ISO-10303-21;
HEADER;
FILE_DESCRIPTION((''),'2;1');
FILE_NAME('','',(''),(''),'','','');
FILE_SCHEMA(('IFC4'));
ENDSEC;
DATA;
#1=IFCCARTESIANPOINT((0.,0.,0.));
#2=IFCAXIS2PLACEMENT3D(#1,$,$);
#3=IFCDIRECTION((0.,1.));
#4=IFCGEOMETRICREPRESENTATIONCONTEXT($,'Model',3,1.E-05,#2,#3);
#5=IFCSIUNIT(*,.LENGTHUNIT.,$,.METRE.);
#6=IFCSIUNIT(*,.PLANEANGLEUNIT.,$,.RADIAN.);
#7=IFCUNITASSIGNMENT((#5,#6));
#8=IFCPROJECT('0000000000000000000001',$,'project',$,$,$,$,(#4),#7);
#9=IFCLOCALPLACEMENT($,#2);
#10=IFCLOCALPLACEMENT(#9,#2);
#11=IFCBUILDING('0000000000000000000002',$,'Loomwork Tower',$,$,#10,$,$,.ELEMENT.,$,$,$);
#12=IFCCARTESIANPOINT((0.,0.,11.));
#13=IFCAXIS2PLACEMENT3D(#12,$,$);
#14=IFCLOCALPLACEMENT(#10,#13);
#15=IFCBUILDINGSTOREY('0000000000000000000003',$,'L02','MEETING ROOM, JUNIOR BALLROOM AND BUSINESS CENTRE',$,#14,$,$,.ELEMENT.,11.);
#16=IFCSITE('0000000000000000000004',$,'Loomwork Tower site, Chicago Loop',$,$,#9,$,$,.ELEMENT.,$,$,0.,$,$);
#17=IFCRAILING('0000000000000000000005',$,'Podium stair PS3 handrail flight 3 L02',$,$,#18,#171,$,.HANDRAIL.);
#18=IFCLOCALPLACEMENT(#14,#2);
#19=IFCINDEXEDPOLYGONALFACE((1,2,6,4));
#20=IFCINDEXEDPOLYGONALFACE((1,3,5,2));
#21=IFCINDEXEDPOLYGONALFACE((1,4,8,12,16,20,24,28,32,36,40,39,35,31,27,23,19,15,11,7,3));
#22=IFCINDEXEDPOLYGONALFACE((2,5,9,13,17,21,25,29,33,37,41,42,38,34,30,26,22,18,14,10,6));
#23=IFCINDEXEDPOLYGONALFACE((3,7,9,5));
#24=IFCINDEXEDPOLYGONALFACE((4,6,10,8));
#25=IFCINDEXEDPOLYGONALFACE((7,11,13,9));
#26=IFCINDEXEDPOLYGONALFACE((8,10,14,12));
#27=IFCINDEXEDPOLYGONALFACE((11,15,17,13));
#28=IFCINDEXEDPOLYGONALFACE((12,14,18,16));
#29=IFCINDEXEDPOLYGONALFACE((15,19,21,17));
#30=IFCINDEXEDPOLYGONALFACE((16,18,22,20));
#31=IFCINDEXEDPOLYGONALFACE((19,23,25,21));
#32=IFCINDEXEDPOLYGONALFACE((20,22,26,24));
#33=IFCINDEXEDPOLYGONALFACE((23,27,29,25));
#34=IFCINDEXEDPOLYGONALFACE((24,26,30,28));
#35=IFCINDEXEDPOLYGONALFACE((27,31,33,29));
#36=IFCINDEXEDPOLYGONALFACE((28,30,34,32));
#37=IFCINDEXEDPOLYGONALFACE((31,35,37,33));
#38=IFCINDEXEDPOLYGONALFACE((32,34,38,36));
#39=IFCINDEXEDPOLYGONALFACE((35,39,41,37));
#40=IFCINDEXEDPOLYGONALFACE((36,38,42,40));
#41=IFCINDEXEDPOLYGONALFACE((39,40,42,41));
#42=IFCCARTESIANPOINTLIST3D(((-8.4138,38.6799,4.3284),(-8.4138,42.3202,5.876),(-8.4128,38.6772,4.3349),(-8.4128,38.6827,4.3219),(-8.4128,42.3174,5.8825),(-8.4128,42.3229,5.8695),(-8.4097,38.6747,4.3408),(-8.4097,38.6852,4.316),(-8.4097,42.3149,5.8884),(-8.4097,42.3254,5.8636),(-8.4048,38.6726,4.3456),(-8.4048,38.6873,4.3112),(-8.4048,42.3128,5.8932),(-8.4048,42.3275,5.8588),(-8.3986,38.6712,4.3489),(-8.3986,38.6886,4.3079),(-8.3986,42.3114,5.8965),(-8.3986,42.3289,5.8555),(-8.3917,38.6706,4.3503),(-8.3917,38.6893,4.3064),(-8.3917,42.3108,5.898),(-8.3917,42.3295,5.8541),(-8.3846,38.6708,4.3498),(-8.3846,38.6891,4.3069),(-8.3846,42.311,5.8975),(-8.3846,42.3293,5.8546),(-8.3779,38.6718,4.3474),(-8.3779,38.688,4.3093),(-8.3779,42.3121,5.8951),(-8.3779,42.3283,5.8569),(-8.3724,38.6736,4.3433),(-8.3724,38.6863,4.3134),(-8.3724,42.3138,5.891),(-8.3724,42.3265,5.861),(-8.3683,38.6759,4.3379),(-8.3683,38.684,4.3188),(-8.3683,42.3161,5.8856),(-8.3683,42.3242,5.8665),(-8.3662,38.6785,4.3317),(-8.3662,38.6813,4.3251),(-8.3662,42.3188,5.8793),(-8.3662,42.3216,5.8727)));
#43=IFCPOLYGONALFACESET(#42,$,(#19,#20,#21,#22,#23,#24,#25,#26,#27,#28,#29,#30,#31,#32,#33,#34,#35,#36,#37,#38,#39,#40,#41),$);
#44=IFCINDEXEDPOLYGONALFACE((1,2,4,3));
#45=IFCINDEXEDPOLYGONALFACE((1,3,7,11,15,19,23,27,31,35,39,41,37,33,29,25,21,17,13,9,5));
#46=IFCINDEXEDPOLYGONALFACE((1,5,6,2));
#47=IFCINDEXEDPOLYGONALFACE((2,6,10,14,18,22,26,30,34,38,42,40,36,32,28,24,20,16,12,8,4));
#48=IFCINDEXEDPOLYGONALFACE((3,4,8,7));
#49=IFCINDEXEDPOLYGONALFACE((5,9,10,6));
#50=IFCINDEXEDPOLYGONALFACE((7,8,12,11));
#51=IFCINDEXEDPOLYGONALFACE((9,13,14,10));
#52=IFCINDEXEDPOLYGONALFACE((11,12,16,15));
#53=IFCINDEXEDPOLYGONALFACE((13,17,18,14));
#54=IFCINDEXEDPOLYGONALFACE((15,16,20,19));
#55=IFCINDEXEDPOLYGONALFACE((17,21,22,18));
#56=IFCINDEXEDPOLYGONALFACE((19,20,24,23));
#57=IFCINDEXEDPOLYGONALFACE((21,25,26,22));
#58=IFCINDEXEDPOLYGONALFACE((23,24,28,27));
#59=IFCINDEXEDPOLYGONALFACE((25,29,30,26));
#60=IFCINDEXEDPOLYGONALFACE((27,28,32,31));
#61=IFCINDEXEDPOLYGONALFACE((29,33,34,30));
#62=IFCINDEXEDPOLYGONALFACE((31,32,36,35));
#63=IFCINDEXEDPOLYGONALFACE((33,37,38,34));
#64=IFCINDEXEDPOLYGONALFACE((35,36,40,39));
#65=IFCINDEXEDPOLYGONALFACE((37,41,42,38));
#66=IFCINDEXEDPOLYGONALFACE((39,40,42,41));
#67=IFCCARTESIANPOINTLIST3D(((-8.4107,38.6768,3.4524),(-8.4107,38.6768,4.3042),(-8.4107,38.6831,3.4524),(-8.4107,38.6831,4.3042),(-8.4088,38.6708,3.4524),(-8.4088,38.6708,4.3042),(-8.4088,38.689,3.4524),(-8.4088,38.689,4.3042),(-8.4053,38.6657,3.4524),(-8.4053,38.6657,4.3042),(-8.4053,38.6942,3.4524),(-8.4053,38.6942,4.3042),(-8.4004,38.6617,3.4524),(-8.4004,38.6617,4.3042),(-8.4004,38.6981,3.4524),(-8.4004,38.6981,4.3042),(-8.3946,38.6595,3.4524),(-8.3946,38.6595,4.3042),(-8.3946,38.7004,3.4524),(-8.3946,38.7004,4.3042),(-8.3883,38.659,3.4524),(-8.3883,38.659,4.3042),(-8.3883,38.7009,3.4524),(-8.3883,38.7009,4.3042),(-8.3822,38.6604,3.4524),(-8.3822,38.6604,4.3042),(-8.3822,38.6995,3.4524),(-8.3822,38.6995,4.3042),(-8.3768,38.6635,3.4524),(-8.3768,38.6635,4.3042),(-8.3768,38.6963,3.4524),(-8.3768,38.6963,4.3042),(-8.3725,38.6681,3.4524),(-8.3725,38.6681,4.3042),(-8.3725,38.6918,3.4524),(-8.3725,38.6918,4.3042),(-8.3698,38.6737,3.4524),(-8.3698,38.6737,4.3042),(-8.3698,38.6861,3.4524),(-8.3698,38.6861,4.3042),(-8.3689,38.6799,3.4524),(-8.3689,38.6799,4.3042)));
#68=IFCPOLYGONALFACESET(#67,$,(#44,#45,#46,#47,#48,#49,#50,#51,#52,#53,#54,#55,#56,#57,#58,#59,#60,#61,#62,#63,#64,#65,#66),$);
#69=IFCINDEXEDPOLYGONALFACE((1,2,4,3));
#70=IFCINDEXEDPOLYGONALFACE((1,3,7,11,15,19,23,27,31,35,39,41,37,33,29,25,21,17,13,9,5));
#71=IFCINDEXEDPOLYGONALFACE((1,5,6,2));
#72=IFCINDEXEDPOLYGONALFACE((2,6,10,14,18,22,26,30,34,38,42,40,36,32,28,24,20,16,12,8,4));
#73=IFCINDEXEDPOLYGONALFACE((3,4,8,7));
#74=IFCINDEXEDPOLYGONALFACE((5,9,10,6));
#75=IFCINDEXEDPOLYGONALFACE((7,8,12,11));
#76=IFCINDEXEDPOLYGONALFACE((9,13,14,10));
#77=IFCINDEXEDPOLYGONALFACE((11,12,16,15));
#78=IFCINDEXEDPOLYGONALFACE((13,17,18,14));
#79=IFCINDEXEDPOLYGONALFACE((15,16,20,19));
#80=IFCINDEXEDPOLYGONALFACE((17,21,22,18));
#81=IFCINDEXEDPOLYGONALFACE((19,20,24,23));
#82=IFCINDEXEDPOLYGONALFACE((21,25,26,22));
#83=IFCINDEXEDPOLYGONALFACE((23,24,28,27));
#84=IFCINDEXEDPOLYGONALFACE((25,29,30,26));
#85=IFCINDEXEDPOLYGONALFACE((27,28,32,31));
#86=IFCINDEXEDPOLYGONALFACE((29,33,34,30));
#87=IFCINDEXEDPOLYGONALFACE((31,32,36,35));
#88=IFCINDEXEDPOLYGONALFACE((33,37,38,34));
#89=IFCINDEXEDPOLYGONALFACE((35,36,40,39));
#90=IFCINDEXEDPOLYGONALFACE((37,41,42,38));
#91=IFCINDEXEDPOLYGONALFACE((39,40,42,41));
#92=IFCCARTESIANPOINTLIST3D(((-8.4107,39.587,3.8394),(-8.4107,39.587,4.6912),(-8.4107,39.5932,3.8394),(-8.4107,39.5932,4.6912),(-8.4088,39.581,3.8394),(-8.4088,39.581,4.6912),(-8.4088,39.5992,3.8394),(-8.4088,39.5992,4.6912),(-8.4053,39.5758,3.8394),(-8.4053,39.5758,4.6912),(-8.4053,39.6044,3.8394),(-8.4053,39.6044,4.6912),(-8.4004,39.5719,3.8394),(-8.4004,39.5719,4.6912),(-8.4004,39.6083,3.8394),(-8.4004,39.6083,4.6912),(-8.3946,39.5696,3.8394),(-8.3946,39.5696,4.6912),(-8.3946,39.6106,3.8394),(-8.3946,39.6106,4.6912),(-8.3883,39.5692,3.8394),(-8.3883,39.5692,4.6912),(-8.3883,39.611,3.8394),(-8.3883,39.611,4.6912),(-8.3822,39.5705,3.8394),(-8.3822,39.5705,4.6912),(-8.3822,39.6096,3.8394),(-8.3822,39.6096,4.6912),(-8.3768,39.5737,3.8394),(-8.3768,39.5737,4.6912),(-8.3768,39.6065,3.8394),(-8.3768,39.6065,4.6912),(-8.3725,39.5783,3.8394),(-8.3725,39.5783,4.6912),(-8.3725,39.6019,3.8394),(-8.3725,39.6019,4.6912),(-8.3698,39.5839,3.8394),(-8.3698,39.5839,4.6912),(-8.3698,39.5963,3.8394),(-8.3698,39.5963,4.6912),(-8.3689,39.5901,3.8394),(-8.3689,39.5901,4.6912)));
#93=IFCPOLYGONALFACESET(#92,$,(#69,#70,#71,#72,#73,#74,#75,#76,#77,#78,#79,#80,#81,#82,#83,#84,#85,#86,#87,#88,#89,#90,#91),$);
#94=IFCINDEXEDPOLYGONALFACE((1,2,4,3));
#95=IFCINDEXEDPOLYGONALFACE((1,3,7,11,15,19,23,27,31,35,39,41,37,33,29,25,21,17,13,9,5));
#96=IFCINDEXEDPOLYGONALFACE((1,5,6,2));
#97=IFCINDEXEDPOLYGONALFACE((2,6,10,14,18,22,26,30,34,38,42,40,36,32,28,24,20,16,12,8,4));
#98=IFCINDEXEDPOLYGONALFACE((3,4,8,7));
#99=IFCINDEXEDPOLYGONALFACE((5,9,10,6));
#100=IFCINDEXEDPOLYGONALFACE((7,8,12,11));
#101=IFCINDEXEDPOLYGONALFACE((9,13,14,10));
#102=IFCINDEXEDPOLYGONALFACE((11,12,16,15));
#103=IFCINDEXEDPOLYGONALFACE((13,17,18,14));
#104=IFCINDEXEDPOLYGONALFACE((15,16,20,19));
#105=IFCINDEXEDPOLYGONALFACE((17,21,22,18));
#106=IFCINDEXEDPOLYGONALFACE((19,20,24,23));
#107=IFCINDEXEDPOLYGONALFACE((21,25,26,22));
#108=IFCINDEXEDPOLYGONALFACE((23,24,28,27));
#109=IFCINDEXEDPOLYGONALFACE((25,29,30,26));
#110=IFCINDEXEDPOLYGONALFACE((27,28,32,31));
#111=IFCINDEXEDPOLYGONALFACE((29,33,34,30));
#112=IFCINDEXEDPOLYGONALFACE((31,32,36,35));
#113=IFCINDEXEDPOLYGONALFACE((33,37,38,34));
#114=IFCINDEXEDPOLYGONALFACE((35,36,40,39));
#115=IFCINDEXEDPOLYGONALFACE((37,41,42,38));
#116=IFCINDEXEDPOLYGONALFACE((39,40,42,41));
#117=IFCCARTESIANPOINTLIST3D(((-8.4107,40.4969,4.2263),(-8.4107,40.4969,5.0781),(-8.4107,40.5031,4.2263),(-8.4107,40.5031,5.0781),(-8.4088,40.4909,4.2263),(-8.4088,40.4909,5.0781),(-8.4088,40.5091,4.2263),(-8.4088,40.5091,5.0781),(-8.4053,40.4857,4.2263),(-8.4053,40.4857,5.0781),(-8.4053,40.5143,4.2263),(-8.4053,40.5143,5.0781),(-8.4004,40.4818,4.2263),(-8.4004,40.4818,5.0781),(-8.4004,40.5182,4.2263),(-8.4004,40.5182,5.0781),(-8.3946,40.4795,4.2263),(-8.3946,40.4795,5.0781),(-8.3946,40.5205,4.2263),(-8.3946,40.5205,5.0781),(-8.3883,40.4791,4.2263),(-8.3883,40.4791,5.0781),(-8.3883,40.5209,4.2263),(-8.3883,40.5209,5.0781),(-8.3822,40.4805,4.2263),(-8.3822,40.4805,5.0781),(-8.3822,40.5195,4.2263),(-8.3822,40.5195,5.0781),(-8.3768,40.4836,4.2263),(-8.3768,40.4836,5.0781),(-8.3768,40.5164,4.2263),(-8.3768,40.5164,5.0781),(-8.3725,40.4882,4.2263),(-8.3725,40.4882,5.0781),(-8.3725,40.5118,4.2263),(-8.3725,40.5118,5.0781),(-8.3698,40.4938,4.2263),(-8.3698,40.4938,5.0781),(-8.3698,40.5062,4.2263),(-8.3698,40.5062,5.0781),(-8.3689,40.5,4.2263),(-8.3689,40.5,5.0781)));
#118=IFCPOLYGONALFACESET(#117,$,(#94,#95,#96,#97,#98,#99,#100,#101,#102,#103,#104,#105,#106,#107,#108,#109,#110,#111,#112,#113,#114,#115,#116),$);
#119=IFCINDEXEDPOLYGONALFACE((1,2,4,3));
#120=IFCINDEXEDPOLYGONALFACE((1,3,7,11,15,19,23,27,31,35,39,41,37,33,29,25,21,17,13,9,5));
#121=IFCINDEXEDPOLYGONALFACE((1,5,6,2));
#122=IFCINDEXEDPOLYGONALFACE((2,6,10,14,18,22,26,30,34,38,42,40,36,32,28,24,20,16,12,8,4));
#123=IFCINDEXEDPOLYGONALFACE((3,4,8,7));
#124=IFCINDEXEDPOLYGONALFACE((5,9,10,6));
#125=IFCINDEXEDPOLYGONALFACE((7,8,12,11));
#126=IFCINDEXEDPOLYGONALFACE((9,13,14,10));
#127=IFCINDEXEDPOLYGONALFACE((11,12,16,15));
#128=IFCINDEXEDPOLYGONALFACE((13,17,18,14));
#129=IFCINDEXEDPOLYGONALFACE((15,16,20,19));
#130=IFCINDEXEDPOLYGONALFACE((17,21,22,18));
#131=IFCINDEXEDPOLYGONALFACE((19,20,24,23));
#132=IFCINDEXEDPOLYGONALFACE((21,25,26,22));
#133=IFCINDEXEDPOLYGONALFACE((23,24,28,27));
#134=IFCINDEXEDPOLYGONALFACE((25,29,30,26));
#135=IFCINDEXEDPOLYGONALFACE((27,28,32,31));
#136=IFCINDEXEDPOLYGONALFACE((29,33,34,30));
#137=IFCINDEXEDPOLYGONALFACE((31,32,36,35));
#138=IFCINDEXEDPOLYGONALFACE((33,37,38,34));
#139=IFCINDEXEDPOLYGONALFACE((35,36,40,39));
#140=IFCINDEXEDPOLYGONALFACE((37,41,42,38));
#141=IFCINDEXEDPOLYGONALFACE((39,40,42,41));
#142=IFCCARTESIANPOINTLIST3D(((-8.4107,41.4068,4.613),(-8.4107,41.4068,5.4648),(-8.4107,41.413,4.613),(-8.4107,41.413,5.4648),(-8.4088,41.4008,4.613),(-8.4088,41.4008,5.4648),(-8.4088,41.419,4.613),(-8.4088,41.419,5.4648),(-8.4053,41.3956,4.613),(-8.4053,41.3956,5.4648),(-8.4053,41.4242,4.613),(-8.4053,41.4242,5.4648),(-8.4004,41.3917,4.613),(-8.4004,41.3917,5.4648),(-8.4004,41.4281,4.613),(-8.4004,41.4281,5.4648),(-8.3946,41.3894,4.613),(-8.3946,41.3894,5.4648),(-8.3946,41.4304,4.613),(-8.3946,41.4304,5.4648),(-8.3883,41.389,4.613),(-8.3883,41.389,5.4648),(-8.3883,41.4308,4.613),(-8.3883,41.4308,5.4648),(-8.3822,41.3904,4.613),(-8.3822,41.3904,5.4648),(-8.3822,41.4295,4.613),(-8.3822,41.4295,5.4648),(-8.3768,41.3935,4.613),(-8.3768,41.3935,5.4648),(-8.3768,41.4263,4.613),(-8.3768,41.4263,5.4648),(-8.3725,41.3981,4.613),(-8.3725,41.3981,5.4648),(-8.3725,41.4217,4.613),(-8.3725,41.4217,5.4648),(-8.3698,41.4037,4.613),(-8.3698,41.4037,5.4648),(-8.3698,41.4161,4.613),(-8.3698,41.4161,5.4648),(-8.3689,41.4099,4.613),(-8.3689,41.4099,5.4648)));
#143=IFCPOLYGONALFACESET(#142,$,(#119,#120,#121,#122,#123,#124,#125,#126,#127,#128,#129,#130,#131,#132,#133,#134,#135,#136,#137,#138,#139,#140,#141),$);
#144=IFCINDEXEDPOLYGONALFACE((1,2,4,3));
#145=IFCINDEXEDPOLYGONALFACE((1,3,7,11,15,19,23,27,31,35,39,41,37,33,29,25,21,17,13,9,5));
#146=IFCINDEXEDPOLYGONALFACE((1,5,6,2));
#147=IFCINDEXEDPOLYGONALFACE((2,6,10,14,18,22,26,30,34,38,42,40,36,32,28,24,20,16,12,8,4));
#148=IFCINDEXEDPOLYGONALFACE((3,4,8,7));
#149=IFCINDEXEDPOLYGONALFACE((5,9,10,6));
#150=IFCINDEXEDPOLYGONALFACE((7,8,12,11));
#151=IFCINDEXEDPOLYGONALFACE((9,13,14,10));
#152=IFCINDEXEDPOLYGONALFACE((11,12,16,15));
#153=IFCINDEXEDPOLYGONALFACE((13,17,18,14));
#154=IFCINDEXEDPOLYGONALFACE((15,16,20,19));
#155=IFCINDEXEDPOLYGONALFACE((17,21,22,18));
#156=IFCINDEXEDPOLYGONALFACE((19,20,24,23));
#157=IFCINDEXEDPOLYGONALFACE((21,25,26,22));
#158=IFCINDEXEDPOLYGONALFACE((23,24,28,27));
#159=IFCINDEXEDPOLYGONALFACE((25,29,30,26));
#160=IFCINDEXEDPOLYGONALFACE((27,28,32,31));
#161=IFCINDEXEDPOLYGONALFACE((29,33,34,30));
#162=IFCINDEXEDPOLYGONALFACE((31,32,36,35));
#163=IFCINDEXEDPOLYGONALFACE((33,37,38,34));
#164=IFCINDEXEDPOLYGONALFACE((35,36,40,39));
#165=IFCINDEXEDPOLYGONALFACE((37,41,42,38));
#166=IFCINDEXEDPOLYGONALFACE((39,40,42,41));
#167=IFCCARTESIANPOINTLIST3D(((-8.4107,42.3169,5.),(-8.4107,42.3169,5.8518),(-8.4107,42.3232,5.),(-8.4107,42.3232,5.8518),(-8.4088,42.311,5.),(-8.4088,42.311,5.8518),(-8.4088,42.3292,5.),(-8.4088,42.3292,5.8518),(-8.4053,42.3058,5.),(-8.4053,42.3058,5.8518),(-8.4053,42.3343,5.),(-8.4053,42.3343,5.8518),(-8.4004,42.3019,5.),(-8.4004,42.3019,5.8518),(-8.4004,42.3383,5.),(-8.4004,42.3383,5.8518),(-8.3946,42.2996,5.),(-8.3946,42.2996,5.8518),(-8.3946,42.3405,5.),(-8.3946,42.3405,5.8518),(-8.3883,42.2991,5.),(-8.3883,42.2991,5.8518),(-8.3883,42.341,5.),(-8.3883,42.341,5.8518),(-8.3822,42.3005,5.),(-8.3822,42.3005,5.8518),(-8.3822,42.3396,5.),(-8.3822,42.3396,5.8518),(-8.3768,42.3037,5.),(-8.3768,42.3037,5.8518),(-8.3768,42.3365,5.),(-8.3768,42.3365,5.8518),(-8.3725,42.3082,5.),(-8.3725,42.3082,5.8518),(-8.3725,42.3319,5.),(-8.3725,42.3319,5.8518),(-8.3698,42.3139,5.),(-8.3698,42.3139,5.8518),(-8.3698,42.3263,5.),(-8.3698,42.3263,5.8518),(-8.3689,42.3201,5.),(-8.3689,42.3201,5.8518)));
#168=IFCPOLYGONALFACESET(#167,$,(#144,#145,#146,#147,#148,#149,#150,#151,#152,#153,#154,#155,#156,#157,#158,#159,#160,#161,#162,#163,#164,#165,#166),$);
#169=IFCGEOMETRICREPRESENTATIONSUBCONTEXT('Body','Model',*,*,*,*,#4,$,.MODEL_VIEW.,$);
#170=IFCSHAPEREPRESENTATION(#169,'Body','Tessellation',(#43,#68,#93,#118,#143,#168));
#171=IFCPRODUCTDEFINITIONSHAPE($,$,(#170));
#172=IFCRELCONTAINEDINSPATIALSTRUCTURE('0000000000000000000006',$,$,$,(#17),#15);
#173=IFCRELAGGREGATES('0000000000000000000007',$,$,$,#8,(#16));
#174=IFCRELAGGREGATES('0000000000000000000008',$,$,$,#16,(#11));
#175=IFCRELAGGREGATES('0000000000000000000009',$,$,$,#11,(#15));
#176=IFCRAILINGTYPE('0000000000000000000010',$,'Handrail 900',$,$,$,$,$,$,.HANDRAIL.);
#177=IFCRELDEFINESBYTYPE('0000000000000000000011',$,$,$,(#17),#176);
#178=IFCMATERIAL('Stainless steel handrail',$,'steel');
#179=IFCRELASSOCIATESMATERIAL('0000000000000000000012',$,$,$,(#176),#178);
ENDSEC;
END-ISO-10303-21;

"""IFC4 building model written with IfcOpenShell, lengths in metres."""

from ifc_helpers import new_model, si_unit, direction, frame, origin, origin_2d, place, context, subcontext, project, spatial, circle, extrude, material, type_object, element, save


model = new_model("IFC4")

# Units and contexts
model_context = context("Model", 3, precision=1e-05, world=origin(), true_north=direction((0.0, 1.0)))
body_context = subcontext(model_context, "Body", "Model", "MODEL_VIEW")
ifc_project = project(units=[si_unit("LENGTHUNIT", "METRE"), si_unit("PLANEANGLEUNIT", "RADIAN")], contexts=[model_context])

# Site, building, storey
site_placement = place(None, origin())
site = spatial("IfcSite", under=ifc_project, at=site_placement, Name="Loomwork Tower site, Chicago Loop", CompositionType="ELEMENT", RefElevation=0.0)
building_placement = place(site_placement, origin())
building = spatial("IfcBuilding", under=site, at=building_placement, Name="Loomwork Tower", CompositionType="ELEMENT")
storey_placement = place(building_placement, frame((0.0, 0.0, 11.0)))
storey = spatial("IfcBuildingStorey", under=building, at=storey_placement, Name="L02", Description="MEETING ROOM, JUNIOR BALLROOM AND BUSINESS CENTRE", CompositionType="ELEMENT", Elevation=11.0)

# Railing
ifc_material_1 = material(Name="Stainless steel handrail", Category="steel")
railing_type = type_object("IfcRailingType", Name="Handrail 900", PredefinedType="HANDRAIL", material=ifc_material_1)
railing_1_placement = place(storey_placement, frame((-8.3899, 38.6799, 3.4524)))
element("IfcRailing", 1, at=railing_1_placement, inside=storey, type_object=railing_type, Name="Podium stair PS3 handrail flight 3 L02", PredefinedType="HANDRAIL", context=body_context, shape_type="SweptSolid", body=[
    extrude(circle(Radius=0.0239, at=origin_2d()), frame((0.0, 0.0, 0.876), z_axis=(0.0, 0.920281, 0.391258), x_axis=(-1.0, 0.0, 0.0)), (0.0, 0.0, 1.0), 3.9556),
    extrude(circle(Radius=0.021, at=origin_2d()), origin(), (0.0, 0.0, 1.0), 0.8518),
    extrude(circle(Radius=0.021, at=origin_2d()), frame((0.0, 0.9102, 0.387)), (0.0, 0.0, 1.0), 0.8518),
    extrude(circle(Radius=0.021, at=origin_2d()), frame((0.0, 1.8201, 0.7739)), (0.0, 0.0, 1.0), 0.8518),
    extrude(circle(Radius=0.021, at=origin_2d()), frame((0.0, 2.73, 1.1606)), (0.0, 0.0, 1.0), 0.8518),
    extrude(circle(Radius=0.021, at=origin_2d()), frame((0.0, 3.6401, 1.5476)), (0.0, 0.0, 1.0), 0.8518),
])

save(model, "model.ifc")
